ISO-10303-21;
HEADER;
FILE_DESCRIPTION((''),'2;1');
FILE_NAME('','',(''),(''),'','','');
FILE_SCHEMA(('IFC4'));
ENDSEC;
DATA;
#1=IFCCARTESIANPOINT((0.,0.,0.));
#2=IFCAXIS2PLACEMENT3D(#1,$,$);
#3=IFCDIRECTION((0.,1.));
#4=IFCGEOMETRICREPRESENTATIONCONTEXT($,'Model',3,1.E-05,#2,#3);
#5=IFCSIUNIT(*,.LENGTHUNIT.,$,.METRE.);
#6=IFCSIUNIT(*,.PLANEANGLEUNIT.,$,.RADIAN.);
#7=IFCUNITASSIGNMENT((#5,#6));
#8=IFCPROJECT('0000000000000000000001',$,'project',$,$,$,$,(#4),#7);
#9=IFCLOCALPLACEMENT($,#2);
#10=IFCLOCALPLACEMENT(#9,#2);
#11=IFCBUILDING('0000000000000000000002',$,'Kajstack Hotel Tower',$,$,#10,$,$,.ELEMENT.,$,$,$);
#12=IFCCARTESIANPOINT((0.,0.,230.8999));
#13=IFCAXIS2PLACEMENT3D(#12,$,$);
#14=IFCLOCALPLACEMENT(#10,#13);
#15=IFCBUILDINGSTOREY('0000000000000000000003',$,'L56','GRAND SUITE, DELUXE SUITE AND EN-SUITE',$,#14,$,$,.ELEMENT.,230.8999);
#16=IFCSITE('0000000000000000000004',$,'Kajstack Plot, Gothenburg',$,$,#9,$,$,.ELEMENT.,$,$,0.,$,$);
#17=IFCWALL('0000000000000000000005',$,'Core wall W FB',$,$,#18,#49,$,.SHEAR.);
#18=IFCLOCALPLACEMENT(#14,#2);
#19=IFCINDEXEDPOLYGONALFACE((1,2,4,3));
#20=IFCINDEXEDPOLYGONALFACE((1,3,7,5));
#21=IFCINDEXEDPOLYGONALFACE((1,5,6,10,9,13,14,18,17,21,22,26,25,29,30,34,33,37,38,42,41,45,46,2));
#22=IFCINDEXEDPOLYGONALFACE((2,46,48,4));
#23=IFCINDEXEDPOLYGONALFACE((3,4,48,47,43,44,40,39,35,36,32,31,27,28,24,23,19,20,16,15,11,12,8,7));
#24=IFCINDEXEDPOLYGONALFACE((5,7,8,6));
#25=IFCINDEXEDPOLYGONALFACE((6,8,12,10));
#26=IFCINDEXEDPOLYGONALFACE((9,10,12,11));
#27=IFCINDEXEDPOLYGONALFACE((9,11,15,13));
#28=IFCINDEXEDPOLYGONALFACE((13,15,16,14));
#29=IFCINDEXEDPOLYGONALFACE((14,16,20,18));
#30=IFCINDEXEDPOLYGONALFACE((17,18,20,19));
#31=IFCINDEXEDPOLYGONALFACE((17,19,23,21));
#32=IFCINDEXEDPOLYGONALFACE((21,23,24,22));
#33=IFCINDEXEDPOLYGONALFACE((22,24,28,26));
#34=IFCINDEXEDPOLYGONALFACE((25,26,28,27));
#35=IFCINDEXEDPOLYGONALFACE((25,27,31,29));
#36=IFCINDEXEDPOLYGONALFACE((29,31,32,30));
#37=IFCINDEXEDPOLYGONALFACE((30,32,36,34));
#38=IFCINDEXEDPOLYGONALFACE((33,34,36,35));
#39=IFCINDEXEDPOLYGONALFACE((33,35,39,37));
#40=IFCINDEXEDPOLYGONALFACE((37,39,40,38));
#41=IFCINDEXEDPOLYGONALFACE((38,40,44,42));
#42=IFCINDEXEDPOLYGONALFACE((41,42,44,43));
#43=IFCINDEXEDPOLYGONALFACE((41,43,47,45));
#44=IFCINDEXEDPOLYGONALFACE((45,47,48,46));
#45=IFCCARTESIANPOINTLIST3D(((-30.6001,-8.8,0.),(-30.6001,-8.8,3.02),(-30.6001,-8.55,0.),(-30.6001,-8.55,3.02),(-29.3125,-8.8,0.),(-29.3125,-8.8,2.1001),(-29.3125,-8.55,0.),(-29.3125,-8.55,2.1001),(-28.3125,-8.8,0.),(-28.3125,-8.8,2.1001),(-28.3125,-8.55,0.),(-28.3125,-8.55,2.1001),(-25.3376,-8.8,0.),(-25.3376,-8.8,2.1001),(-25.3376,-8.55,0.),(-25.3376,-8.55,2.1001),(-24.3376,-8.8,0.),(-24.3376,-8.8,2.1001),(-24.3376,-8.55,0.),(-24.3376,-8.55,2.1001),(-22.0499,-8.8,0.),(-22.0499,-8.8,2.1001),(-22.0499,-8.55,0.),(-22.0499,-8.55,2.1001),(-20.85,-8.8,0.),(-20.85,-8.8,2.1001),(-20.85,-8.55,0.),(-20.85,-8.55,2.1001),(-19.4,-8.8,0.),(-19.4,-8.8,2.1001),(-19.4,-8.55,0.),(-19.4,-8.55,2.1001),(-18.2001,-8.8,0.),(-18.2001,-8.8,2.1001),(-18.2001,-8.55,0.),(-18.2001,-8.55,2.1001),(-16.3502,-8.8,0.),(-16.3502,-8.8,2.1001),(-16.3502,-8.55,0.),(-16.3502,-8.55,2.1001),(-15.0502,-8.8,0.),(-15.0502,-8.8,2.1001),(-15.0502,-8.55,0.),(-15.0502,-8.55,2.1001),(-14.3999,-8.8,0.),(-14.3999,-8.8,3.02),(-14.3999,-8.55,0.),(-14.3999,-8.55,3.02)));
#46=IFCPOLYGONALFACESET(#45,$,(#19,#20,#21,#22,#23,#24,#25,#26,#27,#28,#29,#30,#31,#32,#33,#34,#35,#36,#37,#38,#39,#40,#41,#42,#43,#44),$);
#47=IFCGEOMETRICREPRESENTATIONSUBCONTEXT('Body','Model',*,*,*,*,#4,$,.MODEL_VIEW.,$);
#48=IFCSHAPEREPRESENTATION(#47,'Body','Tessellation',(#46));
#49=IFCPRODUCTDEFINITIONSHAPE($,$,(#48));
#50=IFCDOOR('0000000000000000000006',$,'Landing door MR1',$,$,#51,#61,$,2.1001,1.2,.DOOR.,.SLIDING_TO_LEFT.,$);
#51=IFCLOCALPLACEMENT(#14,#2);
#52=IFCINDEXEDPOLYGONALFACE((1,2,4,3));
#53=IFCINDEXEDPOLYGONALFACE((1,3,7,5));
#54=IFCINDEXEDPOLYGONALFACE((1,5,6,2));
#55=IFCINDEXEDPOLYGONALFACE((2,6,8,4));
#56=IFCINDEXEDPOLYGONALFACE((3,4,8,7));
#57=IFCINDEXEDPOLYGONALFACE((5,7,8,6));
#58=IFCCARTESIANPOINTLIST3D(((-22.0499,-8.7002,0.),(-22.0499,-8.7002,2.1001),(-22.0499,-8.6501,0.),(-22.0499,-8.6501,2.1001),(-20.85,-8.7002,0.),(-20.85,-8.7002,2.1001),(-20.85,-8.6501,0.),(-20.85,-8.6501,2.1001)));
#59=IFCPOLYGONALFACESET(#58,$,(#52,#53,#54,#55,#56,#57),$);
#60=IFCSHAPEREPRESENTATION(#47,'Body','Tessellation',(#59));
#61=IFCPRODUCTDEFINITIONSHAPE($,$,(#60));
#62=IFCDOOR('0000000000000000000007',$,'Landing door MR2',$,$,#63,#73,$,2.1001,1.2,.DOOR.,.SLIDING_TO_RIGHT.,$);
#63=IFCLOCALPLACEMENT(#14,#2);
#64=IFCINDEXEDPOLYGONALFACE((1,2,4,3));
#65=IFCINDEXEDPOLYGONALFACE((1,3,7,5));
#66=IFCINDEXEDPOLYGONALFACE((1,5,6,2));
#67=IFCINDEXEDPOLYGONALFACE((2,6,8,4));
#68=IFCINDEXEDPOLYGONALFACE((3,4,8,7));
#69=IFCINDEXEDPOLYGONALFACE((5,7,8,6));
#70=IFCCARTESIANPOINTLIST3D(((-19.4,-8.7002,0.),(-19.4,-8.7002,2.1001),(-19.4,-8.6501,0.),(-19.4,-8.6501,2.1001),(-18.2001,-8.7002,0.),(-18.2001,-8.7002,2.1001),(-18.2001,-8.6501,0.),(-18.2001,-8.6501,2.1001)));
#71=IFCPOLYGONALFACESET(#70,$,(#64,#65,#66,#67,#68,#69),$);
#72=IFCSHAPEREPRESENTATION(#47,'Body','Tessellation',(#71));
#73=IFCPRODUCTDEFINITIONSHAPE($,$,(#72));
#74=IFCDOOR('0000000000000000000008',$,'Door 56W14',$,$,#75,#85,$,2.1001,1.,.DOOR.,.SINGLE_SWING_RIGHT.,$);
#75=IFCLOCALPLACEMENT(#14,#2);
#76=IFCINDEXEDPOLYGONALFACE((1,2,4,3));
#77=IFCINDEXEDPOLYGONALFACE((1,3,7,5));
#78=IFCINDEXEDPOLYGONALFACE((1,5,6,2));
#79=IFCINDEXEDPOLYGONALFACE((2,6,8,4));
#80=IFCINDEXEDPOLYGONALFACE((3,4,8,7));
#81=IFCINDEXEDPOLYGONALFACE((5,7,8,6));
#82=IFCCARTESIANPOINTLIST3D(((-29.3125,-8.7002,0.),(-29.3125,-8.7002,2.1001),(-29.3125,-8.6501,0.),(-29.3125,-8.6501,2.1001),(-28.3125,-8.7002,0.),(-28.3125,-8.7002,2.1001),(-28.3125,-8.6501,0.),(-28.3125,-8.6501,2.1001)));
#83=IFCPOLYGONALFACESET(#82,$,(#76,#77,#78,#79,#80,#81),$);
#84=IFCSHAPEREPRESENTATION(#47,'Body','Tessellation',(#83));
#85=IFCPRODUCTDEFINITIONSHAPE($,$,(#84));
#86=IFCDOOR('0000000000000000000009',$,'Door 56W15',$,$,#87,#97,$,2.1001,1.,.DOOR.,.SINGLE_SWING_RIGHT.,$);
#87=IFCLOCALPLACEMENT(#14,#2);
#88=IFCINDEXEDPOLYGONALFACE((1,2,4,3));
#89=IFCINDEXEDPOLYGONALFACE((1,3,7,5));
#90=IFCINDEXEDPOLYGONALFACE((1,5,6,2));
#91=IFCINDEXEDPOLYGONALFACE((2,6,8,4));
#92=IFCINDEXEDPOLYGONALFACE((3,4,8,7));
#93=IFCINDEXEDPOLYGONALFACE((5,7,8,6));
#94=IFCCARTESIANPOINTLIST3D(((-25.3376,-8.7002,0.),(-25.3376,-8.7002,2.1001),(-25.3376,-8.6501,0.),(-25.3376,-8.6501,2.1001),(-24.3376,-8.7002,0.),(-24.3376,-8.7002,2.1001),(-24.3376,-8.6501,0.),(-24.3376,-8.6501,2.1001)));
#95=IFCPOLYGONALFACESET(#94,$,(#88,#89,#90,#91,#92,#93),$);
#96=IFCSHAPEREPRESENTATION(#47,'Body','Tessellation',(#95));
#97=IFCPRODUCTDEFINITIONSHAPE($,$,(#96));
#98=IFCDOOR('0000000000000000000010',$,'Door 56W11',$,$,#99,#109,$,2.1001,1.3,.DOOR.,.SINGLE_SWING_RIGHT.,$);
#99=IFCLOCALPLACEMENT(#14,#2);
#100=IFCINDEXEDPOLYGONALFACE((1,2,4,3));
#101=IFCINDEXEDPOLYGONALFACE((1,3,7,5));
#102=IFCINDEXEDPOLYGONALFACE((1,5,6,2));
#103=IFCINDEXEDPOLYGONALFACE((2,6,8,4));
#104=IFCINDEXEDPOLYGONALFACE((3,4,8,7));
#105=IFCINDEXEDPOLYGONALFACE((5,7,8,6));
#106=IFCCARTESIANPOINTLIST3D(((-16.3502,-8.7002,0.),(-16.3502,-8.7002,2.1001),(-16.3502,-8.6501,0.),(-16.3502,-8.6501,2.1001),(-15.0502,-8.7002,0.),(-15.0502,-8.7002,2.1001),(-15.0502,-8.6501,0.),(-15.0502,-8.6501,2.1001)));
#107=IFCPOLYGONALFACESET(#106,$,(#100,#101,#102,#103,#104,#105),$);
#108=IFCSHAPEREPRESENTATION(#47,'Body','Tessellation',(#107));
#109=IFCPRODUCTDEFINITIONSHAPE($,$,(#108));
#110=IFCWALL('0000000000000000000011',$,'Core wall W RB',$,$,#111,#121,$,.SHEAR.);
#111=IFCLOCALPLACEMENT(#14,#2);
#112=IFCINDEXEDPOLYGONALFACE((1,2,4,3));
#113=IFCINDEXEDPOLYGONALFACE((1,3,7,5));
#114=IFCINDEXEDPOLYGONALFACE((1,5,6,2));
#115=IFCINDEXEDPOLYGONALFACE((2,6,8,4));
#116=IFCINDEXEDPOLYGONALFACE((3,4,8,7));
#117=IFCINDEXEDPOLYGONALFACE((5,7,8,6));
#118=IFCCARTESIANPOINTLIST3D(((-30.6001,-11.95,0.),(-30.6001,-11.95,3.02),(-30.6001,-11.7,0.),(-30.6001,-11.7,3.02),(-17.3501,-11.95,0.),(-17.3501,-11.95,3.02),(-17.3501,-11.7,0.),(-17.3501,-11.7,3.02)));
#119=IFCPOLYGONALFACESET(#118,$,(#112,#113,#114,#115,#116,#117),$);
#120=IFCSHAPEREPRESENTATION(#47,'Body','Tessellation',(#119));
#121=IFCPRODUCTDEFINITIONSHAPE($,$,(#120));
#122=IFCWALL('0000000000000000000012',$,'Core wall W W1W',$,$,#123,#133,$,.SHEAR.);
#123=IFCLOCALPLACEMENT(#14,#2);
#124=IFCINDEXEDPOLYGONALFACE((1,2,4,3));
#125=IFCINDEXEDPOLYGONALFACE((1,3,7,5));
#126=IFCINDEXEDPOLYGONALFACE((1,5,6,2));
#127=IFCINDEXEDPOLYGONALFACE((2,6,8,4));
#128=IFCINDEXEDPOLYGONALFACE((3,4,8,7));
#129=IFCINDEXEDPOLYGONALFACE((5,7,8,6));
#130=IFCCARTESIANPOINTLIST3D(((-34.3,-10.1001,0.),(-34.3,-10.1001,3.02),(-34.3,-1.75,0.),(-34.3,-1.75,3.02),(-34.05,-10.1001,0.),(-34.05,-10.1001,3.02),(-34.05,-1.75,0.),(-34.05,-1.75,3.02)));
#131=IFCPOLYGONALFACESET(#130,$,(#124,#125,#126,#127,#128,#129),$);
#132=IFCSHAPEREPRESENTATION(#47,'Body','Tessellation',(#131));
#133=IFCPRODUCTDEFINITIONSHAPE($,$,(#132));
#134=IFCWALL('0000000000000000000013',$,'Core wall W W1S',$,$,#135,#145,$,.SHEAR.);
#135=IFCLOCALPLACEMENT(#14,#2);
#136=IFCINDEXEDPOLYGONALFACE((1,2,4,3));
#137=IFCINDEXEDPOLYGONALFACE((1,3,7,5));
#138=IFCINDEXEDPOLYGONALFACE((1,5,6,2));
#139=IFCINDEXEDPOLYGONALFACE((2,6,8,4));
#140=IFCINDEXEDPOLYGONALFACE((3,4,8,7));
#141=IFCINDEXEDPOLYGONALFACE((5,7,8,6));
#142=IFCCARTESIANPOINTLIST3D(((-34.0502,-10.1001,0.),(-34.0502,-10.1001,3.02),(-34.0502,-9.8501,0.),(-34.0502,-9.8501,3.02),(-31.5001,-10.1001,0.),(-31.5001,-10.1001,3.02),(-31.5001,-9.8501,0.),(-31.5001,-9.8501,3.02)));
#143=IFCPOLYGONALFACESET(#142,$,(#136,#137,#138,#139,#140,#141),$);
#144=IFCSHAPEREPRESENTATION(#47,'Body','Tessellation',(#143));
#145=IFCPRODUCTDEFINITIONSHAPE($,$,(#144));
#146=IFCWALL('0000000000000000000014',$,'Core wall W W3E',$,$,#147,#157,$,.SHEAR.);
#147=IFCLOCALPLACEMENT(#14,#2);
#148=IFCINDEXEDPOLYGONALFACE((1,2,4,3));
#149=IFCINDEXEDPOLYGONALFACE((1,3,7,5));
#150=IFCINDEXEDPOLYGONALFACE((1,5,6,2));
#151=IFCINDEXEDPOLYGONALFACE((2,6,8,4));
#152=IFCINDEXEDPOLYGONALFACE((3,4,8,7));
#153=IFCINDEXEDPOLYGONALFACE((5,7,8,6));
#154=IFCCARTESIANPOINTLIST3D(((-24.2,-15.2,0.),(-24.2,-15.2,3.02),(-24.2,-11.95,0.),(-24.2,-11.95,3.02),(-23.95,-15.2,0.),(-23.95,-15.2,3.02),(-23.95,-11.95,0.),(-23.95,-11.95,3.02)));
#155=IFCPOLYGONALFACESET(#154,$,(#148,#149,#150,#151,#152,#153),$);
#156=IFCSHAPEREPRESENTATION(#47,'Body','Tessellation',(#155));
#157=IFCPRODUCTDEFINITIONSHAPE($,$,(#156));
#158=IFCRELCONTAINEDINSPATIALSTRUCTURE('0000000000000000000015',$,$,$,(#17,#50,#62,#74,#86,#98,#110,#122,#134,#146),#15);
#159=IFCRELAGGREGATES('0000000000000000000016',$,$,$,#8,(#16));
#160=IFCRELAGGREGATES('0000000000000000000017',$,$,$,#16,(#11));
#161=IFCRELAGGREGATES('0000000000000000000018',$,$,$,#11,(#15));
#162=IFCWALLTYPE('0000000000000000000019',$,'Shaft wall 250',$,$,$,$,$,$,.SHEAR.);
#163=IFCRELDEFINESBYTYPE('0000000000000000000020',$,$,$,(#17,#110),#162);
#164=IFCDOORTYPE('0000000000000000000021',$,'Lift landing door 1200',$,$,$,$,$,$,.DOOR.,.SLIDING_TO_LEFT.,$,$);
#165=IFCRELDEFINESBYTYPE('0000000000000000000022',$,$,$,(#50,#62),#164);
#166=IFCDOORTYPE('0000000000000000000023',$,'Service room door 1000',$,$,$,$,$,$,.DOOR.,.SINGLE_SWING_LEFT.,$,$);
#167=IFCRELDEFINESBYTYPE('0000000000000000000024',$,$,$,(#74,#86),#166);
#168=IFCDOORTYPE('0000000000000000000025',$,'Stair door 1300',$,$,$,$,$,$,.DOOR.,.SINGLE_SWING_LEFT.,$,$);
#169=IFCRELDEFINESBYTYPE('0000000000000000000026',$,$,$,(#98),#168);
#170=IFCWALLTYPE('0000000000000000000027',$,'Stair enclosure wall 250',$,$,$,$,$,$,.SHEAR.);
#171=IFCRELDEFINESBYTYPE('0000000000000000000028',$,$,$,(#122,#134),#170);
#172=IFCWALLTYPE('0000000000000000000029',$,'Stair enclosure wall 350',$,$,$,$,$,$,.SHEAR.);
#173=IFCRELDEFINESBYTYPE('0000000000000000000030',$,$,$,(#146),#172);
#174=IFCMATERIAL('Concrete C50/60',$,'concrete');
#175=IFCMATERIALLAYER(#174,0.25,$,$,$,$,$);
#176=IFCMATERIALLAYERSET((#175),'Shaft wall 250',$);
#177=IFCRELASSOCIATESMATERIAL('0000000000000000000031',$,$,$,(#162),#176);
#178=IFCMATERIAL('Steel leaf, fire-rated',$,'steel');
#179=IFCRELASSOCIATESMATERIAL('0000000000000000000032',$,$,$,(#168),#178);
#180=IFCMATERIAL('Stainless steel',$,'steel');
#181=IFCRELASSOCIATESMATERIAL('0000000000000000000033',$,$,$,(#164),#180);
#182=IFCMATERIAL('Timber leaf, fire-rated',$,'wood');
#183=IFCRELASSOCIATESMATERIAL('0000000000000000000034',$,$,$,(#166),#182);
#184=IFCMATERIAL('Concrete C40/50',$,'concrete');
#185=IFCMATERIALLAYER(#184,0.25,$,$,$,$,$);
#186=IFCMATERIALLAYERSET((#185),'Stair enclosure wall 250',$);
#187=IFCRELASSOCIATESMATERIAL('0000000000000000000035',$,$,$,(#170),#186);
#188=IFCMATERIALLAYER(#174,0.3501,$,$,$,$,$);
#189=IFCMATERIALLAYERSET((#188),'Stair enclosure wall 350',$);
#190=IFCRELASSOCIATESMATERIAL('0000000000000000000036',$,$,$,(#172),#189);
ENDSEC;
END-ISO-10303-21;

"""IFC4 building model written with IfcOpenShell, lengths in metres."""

from ifc_helpers import new_model, si_unit, direction, frame, frame_2d, origin, place, context, subcontext, project, spatial, rectangle, extrude, material, layer, layer_set, type_object, element, fill, save


model = new_model("IFC4")

# Units and contexts
model_context = context("Model", 3, precision=1e-05, world=origin(), true_north=direction((0.0, 1.0)))
body_context = subcontext(model_context, "Body", "Model", "MODEL_VIEW")
ifc_project = project(units=[si_unit("LENGTHUNIT", "METRE"), si_unit("PLANEANGLEUNIT", "RADIAN")], contexts=[model_context])

# Site, building, storey
site_placement = place(None, origin())
site = spatial("IfcSite", under=ifc_project, at=site_placement, Name="Kajstack Plot, Gothenburg", CompositionType="ELEMENT", RefElevation=0.0)
building_placement = place(site_placement, origin())
building = spatial("IfcBuilding", under=site, at=building_placement, Name="Kajstack Hotel Tower", CompositionType="ELEMENT")
storey_placement = place(building_placement, frame((0.0, 0.0, 230.8999)))
storey = spatial("IfcBuildingStorey", under=building, at=storey_placement, Name="L56", Description="GRAND SUITE, DELUXE SUITE AND EN-SUITE", CompositionType="ELEMENT", Elevation=230.8999)

# Shared definitions
ifc_material_1 = material(Name="Stainless steel", Category="steel")

# Shared definitions
ifc_material_2 = material(Name="Concrete C40/50", Category="concrete")

# Shared definitions
ifc_material_3 = material(Name="Timber leaf, fire-rated", Category="wood")

# Wall, openings, doors
ifc_material_4 = material(Name="Concrete C50/60", Category="concrete")
ifc_layer_1 = layer(ifc_material_4, 0.25)
ifc_layer_set_1 = layer_set([ifc_layer_1], Name="Shaft wall 250")
wall_type_1 = type_object("IfcWallType", Name="Shaft wall 250", PredefinedType="SHEAR", material=ifc_layer_set_1)
ifc_material_5 = material(Name="Steel leaf, fire-rated", Category="steel")
door_type_1 = type_object("IfcDoorType", Name="Stair door 1300", OperationType="SINGLE_SWING_LEFT", PredefinedType="DOOR", material=ifc_material_5)
wall_1_placement = place(storey_placement, frame((-30.6001, -8.675, 0.0), z_axis=(0.0, 0.0, 1.0), x_axis=(1.0, 0.0, 0.0)))
wall_1 = element("IfcWall", 1, at=wall_1_placement, inside=storey, type_object=wall_type_1, Name="Core wall W FB", PredefinedType="SHEAR", context=body_context, shape_type="SweptSolid", body=[
    extrude(rectangle(XDim=16.2002, YDim=0.25, at=frame_2d((8.1001, 0.0))), origin(), (0.0, 0.0, 1.0), 3.02),
])
opening_1_placement = place(wall_1_placement, frame((8.55, 0.0, 0.0)))
opening_1 = element("IfcOpeningElement", 2, at=opening_1_placement, cuts=wall_1, PredefinedType="OPENING", context=body_context, shape_type="SweptSolid", body=[
    extrude(rectangle(XDim=1.2, YDim=2.1001, at=frame_2d((0.6001, 1.05))), frame((0.0, 0.135, 0.0), z_axis=(0.0, -1.0, 0.0), x_axis=(1.0, 0.0, 0.0)), (0.0, 0.0, 1.0), 0.27),
])
opening_2_placement = place(wall_1_placement, frame((11.2, 0.0, 0.0)))
opening_2 = element("IfcOpeningElement", 3, at=opening_2_placement, cuts=wall_1, PredefinedType="OPENING", context=body_context, shape_type="SweptSolid", body=[
    extrude(rectangle(XDim=1.2, YDim=2.1001, at=frame_2d((0.6001, 1.05))), frame((0.0, 0.135, 0.0), z_axis=(0.0, -1.0, 0.0), x_axis=(1.0, 0.0, 0.0)), (0.0, 0.0, 1.0), 0.27),
])
opening_3_placement = place(wall_1_placement, frame((14.25, 0.0, 0.0)))
opening_3 = element("IfcOpeningElement", 4, at=opening_3_placement, cuts=wall_1, PredefinedType="OPENING", context=body_context, shape_type="SweptSolid", body=[
    extrude(rectangle(XDim=1.3, YDim=2.1001, at=frame_2d((0.6499, 1.05))), frame((0.0, 0.135, 0.0), z_axis=(0.0, -1.0, 0.0), x_axis=(1.0, 0.0, 0.0)), (0.0, 0.0, 1.0), 0.27),
])
opening_4_placement = place(wall_1_placement, frame((1.2876, 0.0, 0.0)))
opening_4 = element("IfcOpeningElement", 5, at=opening_4_placement, cuts=wall_1, PredefinedType="OPENING", context=body_context, shape_type="SweptSolid", body=[
    extrude(rectangle(XDim=1.0, YDim=2.1001, at=frame_2d((0.5, 1.05))), frame((0.0, 0.135, 0.0), z_axis=(0.0, -1.0, 0.0), x_axis=(1.0, 0.0, 0.0)), (0.0, 0.0, 1.0), 0.27),
])
opening_5_placement = place(wall_1_placement, frame((5.2625, 0.0, 0.0)))
opening_5 = element("IfcOpeningElement", 6, at=opening_5_placement, cuts=wall_1, PredefinedType="OPENING", context=body_context, shape_type="SweptSolid", body=[
    extrude(rectangle(XDim=1.0, YDim=2.1001, at=frame_2d((0.5, 1.05))), frame((0.0, 0.135, 0.0), z_axis=(0.0, -1.0, 0.0), x_axis=(1.0, 0.0, 0.0)), (0.0, 0.0, 1.0), 0.27),
])
door_type_2 = type_object("IfcDoorType", Name="Lift landing door 1200", OperationType="SLIDING_TO_LEFT", PredefinedType="DOOR", material=ifc_material_1)
door_1_placement = place(opening_1_placement, origin())
door_1 = element("IfcDoor", 7, at=door_1_placement, inside=storey, type_object=door_type_2, Name="Landing door MR1", OperationType="SLIDING_TO_LEFT", OverallHeight=2.1001, OverallWidth=1.2, PredefinedType="DOOR", context=body_context, shape_type="SweptSolid", body=[
    extrude(rectangle(XDim=1.2, YDim=2.1001, at=frame_2d((0.6001, 1.05))), frame((0.0, 0.0249, 0.0), z_axis=(0.0, -1.0, 0.0), x_axis=(1.0, 0.0, 0.0)), (0.0, 0.0, 1.0), 0.05),
])
fill(opening_1, door_1)
door_2_placement = place(opening_2_placement, origin())
door_2 = element("IfcDoor", 8, at=door_2_placement, inside=storey, type_object=door_type_2, Name="Landing door MR2", OperationType="SLIDING_TO_RIGHT", OverallHeight=2.1001, OverallWidth=1.2, PredefinedType="DOOR", context=body_context, shape_type="SweptSolid", body=[
    extrude(rectangle(XDim=1.2, YDim=2.1001, at=frame_2d((0.6001, 1.05))), frame((0.0, 0.0249, 0.0), z_axis=(0.0, -1.0, 0.0), x_axis=(1.0, 0.0, 0.0)), (0.0, 0.0, 1.0), 0.05),
])
fill(opening_2, door_2)
door_type_3 = type_object("IfcDoorType", Name="Service room door 1000", OperationType="SINGLE_SWING_LEFT", PredefinedType="DOOR", material=ifc_material_3)
door_3_placement = place(opening_4_placement, origin())
door_3 = element("IfcDoor", 9, at=door_3_placement, inside=storey, type_object=door_type_3, Name="Door 56W14", OperationType="SINGLE_SWING_RIGHT", OverallHeight=2.1001, OverallWidth=1.0, PredefinedType="DOOR", context=body_context, shape_type="SweptSolid", body=[
    extrude(rectangle(XDim=1.0, YDim=2.1001, at=frame_2d((0.5, 1.05))), frame((0.0, 0.0249, 0.0), z_axis=(0.0, -1.0, 0.0), x_axis=(1.0, 0.0, 0.0)), (0.0, 0.0, 1.0), 0.05),
])
fill(opening_4, door_3)
door_4_placement = place(opening_5_placement, origin())
door_4 = element("IfcDoor", 10, at=door_4_placement, inside=storey, type_object=door_type_3, Name="Door 56W15", OperationType="SINGLE_SWING_RIGHT", OverallHeight=2.1001, OverallWidth=1.0, PredefinedType="DOOR", context=body_context, shape_type="SweptSolid", body=[
    extrude(rectangle(XDim=1.0, YDim=2.1001, at=frame_2d((0.5, 1.05))), frame((0.0, 0.0249, 0.0), z_axis=(0.0, -1.0, 0.0), x_axis=(1.0, 0.0, 0.0)), (0.0, 0.0, 1.0), 0.05),
])
fill(opening_5, door_4)
door_5_placement = place(opening_3_placement, origin())
door_5 = element("IfcDoor", 11, at=door_5_placement, inside=storey, type_object=door_type_1, Name="Door 56W11", OperationType="SINGLE_SWING_RIGHT", OverallHeight=2.1001, OverallWidth=1.3, PredefinedType="DOOR", context=body_context, shape_type="SweptSolid", body=[
    extrude(rectangle(XDim=1.3, YDim=2.1001, at=frame_2d((0.6499, 1.05))), frame((0.0, 0.0249, 0.0), z_axis=(0.0, -1.0, 0.0), x_axis=(1.0, 0.0, 0.0)), (0.0, 0.0, 1.0), 0.05),
])
fill(opening_3, door_5)

# Walls
wall_2_placement = place(storey_placement, frame((-30.6001, -11.825, 0.0), z_axis=(0.0, 0.0, 1.0), x_axis=(1.0, 0.0, 0.0)))
element("IfcWall", 12, at=wall_2_placement, inside=storey, type_object=wall_type_1, Name="Core wall W RB", PredefinedType="SHEAR", context=body_context, shape_type="SweptSolid", body=[
    extrude(rectangle(XDim=13.25, YDim=0.25, at=frame_2d((6.625, 0.0))), origin(), (0.0, 0.0, 1.0), 3.02),
])
ifc_layer_2 = layer(ifc_material_2, 0.25)
ifc_layer_set_2 = layer_set([ifc_layer_2], Name="Stair enclosure wall 250")
wall_type_2 = type_object("IfcWallType", Name="Stair enclosure wall 250", PredefinedType="SHEAR", material=ifc_layer_set_2)
wall_3_placement = place(storey_placement, frame((-34.175, -10.1001, 0.0), z_axis=(0.0, 0.0, 1.0), x_axis=(0.0, 1.0, 0.0)))
element("IfcWall", 13, at=wall_3_placement, inside=storey, type_object=wall_type_2, Name="Core wall W W1W", PredefinedType="SHEAR", context=body_context, shape_type="SweptSolid", body=[
    extrude(rectangle(XDim=8.3501, YDim=0.25, at=frame_2d((4.175, 0.0))), origin(), (0.0, 0.0, 1.0), 3.02),
])
wall_4_placement = place(storey_placement, frame((-34.05, -9.9751, 0.0), z_axis=(0.0, 0.0, 1.0), x_axis=(1.0, 0.0, 0.0)))
element("IfcWall", 14, at=wall_4_placement, inside=storey, type_object=wall_type_2, Name="Core wall W W1S", PredefinedType="SHEAR", context=body_context, shape_type="SweptSolid", body=[
    extrude(rectangle(XDim=2.55, YDim=0.25, at=frame_2d((1.2749, 0.0))), origin(), (0.0, 0.0, 1.0), 3.02),
])
ifc_layer_3 = layer(ifc_material_4, 0.3501)
ifc_layer_set_3 = layer_set([ifc_layer_3], Name="Stair enclosure wall 350")
wall_type_3 = type_object("IfcWallType", Name="Stair enclosure wall 350", PredefinedType="SHEAR", material=ifc_layer_set_3)
wall_5_placement = place(storey_placement, frame((-24.075, -15.2, 0.0), z_axis=(0.0, 0.0, 1.0), x_axis=(0.0, 1.0, 0.0)))
element("IfcWall", 15, at=wall_5_placement, inside=storey, type_object=wall_type_3, Name="Core wall W W3E", PredefinedType="SHEAR", context=body_context, shape_type="SweptSolid", body=[
    extrude(rectangle(XDim=3.25, YDim=0.25, at=frame_2d((1.625, 0.0))), origin(), (0.0, 0.0, 1.0), 3.02),
])

save(model, "model.ifc")
